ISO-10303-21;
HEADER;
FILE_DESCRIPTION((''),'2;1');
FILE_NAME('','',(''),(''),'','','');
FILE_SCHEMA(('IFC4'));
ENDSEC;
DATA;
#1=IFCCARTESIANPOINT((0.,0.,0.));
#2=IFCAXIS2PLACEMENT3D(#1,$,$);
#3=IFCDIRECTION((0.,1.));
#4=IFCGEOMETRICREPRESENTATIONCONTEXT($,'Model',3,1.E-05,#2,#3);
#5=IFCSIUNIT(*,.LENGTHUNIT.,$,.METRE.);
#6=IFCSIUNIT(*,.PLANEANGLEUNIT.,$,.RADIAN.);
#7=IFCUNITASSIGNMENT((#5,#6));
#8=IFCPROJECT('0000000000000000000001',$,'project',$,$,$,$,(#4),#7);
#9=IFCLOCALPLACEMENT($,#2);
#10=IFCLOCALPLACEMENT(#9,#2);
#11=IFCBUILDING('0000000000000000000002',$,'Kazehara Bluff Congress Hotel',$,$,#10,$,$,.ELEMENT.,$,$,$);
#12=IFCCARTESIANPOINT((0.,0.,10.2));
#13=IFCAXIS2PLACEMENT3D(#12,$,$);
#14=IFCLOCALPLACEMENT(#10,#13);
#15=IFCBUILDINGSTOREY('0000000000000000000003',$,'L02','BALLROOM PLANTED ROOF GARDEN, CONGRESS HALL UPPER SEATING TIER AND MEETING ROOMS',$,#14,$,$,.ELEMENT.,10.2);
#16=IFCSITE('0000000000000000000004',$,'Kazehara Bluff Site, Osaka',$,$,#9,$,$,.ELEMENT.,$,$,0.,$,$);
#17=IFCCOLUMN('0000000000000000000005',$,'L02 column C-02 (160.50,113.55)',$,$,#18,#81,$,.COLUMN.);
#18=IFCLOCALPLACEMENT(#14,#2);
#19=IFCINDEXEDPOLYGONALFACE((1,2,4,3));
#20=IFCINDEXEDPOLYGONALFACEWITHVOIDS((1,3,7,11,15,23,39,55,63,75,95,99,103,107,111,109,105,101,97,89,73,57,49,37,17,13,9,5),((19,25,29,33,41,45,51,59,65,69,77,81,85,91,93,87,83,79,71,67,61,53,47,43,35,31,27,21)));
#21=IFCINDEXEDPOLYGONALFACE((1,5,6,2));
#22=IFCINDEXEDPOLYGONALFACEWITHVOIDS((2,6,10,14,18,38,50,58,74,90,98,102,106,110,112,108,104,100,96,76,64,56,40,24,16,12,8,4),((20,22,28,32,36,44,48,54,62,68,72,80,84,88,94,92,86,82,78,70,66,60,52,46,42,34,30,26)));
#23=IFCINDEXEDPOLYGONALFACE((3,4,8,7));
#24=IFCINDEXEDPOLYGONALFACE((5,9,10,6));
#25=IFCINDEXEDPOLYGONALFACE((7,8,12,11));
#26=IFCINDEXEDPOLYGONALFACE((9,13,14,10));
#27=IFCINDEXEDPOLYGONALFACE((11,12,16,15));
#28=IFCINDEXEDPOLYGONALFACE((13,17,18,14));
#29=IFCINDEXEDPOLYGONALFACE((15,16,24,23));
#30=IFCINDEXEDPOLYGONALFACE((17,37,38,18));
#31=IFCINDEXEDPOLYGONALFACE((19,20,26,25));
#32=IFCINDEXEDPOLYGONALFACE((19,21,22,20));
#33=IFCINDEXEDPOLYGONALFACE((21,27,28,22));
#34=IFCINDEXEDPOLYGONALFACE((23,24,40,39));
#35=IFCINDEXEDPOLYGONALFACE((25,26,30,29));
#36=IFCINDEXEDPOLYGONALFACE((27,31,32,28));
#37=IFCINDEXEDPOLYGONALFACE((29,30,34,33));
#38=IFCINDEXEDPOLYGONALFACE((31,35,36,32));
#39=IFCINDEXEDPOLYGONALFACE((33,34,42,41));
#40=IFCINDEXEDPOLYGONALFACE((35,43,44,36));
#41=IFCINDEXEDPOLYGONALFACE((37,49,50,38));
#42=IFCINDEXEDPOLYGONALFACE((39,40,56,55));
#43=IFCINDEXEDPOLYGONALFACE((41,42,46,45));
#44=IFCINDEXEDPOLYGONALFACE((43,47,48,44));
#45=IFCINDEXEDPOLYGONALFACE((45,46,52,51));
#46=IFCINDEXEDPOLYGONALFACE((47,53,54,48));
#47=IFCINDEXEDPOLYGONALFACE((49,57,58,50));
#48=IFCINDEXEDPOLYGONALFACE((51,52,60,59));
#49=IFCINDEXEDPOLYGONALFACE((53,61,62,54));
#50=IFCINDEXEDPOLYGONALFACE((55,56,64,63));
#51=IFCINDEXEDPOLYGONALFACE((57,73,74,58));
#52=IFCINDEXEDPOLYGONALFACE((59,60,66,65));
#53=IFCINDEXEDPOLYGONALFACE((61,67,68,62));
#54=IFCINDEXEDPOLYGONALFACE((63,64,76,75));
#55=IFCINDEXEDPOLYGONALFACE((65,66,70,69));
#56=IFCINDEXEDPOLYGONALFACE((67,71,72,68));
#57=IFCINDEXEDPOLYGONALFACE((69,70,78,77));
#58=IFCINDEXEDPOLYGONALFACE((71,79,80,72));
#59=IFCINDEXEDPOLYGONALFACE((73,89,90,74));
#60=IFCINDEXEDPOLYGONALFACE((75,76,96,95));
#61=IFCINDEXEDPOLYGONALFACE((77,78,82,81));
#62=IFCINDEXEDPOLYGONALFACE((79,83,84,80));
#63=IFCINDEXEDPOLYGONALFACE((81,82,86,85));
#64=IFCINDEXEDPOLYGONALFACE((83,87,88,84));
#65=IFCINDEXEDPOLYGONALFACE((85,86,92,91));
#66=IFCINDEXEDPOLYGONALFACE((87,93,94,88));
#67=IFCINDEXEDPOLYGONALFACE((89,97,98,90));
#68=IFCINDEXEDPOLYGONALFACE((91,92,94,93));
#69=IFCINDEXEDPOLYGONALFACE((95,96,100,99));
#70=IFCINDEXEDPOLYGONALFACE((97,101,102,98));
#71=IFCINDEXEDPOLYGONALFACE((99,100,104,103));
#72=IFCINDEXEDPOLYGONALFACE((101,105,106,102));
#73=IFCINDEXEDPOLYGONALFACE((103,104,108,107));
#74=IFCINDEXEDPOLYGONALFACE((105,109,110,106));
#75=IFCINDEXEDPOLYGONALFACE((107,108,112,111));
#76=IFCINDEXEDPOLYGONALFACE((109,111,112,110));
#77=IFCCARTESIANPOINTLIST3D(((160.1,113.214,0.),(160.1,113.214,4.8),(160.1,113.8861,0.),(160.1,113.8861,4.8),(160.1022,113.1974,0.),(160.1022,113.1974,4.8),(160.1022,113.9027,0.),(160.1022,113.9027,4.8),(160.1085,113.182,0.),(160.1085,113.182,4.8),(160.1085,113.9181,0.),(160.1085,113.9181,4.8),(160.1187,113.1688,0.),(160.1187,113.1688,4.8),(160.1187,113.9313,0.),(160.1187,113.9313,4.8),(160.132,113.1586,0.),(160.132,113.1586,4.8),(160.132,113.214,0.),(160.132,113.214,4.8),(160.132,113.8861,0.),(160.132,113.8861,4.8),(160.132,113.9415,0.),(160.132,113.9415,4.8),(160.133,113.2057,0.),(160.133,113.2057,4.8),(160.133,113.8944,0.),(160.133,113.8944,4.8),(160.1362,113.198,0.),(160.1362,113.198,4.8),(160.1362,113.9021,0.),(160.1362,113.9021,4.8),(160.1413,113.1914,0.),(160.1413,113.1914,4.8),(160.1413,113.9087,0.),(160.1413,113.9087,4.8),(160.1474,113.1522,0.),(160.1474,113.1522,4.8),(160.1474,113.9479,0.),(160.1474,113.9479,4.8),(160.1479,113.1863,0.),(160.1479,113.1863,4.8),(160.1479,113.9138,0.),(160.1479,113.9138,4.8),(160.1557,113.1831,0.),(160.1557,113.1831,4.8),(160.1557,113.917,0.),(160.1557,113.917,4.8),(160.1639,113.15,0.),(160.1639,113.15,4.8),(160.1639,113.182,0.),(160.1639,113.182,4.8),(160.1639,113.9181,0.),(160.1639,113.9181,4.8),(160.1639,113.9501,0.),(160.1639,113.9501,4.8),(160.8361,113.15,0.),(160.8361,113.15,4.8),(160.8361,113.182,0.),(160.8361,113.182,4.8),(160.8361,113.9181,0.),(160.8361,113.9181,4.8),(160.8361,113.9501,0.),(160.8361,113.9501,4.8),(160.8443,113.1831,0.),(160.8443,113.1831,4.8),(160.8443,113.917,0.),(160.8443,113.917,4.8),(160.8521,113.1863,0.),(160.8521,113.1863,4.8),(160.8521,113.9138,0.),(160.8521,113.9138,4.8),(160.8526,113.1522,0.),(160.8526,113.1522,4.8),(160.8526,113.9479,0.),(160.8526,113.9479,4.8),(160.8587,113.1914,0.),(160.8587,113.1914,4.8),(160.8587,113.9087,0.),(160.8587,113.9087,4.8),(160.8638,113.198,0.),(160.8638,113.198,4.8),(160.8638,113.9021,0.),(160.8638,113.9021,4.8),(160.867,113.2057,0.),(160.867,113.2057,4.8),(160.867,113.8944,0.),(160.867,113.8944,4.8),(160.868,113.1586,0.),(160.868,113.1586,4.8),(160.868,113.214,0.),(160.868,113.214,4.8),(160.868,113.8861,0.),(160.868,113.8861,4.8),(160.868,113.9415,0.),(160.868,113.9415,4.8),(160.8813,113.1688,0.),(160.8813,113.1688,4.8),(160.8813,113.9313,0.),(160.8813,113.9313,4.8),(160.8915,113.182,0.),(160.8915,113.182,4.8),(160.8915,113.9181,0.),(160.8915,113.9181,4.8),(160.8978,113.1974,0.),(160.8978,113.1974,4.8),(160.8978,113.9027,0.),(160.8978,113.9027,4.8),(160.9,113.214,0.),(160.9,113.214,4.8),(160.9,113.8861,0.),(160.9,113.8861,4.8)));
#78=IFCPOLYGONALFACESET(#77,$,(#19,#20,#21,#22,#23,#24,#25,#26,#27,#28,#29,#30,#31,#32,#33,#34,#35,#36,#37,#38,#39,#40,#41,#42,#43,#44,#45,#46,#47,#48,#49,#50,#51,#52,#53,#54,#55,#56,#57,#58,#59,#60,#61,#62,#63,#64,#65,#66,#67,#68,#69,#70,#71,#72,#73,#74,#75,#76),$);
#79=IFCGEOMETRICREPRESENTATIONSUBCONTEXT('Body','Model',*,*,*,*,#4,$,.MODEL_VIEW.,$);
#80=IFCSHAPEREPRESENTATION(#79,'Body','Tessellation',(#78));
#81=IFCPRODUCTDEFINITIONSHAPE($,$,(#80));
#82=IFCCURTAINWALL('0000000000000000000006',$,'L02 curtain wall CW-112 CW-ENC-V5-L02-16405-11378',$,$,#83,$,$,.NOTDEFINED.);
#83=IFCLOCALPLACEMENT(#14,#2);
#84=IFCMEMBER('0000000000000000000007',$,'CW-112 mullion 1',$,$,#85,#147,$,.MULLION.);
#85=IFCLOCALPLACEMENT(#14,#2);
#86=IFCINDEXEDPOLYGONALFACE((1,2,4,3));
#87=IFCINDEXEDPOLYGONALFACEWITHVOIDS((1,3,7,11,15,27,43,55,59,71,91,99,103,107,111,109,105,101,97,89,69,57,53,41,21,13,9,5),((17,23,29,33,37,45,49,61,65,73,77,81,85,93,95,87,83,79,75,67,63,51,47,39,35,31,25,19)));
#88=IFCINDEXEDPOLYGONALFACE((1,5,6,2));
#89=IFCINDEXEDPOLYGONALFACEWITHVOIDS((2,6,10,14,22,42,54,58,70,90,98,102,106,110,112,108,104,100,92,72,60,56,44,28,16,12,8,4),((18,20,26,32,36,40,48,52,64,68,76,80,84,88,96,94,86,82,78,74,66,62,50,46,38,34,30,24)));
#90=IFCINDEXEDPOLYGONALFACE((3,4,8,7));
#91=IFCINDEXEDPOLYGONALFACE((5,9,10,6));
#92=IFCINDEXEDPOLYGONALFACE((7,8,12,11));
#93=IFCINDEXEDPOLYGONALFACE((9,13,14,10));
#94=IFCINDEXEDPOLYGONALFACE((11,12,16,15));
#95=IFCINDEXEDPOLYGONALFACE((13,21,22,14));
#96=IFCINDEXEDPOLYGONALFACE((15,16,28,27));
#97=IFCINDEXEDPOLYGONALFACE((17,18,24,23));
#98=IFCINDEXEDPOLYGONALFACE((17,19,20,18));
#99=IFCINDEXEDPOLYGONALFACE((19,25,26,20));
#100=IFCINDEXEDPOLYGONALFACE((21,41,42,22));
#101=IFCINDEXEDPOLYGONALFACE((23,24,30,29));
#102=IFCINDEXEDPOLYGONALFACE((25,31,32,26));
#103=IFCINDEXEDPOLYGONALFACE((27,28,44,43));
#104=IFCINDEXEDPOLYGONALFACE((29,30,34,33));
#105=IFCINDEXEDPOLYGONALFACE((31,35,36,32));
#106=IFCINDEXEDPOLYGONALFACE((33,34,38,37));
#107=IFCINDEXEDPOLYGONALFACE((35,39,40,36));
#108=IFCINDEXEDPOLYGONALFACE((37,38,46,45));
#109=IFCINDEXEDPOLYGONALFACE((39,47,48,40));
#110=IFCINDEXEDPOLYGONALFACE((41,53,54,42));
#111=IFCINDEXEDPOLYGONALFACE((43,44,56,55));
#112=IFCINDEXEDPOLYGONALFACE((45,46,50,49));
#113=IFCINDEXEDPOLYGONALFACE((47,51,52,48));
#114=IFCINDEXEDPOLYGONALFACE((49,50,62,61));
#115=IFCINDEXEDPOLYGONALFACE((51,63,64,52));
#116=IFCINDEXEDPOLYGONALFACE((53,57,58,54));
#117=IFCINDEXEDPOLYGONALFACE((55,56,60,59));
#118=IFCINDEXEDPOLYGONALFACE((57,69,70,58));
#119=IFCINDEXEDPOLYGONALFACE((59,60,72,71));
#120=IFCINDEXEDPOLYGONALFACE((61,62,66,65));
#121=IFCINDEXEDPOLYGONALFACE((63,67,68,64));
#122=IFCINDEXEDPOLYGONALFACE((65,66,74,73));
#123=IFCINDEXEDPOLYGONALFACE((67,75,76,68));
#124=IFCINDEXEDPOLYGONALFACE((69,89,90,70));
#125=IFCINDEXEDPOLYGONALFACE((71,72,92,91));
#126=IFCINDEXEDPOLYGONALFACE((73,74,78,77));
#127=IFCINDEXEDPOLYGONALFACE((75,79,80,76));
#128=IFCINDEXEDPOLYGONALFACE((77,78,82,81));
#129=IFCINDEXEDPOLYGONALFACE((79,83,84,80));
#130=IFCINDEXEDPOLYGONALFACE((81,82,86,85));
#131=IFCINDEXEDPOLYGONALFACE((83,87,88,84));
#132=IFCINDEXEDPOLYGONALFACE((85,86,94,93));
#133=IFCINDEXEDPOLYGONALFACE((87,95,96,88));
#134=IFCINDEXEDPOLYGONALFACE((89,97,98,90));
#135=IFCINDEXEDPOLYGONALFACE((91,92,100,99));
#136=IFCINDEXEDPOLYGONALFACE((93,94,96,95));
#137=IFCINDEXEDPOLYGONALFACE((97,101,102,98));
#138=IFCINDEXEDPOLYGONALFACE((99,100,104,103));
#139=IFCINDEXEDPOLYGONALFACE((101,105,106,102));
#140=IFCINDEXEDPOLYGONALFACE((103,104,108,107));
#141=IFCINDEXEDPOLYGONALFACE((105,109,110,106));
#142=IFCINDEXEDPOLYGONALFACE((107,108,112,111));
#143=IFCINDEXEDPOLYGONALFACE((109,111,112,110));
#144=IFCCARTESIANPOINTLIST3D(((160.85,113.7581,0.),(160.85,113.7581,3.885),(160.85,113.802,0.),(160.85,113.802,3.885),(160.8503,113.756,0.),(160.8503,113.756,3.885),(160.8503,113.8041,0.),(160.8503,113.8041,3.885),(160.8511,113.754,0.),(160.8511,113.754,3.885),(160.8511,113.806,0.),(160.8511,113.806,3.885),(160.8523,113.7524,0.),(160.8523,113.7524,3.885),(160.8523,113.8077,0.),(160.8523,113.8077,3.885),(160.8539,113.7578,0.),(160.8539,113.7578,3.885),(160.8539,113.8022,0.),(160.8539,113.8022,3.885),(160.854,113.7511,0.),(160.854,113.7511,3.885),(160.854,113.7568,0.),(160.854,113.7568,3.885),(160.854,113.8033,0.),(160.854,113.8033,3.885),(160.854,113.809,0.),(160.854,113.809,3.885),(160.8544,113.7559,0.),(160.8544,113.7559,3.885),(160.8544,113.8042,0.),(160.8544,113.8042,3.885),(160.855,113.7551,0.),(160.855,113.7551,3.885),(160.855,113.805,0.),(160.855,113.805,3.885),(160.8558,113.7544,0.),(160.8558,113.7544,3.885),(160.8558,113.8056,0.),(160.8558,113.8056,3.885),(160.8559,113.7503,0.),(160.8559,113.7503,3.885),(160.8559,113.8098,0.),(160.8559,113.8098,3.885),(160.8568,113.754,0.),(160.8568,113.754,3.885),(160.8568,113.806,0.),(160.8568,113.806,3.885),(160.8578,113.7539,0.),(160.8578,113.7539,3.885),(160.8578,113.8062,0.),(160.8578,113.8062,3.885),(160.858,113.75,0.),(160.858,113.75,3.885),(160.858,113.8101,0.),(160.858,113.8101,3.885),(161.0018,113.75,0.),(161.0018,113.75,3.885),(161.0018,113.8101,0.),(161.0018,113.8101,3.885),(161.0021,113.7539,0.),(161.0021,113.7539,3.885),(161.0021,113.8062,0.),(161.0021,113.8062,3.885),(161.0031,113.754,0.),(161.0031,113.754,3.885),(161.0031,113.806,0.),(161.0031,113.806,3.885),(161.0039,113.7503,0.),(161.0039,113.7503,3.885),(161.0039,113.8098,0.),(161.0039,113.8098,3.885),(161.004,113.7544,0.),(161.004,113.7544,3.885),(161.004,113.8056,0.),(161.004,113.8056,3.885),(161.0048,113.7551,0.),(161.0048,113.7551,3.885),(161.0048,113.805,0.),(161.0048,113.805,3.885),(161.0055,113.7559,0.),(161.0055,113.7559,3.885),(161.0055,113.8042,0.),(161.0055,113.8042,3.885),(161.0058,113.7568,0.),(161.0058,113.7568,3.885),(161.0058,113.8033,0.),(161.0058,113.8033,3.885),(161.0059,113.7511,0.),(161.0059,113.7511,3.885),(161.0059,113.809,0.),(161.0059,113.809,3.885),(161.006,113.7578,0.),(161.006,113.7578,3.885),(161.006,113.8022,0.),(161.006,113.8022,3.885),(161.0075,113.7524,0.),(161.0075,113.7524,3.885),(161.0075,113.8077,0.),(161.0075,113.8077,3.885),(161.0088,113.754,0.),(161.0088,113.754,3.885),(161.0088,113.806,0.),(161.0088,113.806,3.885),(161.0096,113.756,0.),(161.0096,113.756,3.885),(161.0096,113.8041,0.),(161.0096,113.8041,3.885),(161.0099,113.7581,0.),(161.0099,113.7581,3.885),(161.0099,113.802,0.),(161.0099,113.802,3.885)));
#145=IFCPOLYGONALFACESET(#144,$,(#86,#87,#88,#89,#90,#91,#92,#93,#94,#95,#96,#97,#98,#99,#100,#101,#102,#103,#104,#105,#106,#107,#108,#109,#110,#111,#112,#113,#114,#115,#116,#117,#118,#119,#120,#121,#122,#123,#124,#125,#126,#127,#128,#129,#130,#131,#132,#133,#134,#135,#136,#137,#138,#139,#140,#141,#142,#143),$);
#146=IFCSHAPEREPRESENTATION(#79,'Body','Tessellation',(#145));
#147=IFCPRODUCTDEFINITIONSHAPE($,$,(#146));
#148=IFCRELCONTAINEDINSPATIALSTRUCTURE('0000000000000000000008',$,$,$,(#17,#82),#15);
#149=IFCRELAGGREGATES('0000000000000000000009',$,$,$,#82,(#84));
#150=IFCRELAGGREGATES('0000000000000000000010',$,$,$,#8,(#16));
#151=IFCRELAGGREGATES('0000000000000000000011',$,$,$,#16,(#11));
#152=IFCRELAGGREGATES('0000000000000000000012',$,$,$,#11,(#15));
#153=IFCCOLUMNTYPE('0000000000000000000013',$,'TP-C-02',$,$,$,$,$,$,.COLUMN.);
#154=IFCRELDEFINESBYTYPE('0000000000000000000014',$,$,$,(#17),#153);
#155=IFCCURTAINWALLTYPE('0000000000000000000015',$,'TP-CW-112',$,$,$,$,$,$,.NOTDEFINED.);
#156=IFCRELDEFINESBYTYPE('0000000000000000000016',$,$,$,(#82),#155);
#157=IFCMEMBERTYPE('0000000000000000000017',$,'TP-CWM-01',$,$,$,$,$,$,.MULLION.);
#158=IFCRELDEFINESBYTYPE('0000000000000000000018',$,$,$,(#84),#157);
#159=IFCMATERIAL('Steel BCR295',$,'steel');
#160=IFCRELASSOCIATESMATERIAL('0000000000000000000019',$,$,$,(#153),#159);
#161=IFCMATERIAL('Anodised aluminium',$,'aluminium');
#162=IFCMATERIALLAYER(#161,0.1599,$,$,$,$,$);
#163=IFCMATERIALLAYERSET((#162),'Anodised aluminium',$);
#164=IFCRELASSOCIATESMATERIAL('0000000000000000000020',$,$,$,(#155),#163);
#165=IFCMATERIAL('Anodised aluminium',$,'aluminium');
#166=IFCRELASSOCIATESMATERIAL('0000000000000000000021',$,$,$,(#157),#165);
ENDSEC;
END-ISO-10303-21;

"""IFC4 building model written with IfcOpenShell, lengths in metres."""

from ifc_helpers import new_model, si_unit, direction, frame, origin, origin_2d, place, context, subcontext, project, spatial, hollow_rectangle, extrude, material, layer, layer_set, material_profile, profile_set, type_object, element, aggregate, save


model = new_model("IFC4")

# Units and contexts
model_context = context("Model", 3, precision=1e-05, world=origin(), true_north=direction((0.0, 1.0)))
body_context = subcontext(model_context, "Body", "Model", "MODEL_VIEW")
ifc_project = project(units=[si_unit("LENGTHUNIT", "METRE"), si_unit("PLANEANGLEUNIT", "RADIAN")], contexts=[model_context])

# Site, building, storey
site_placement = place(None, origin())
site = spatial("IfcSite", under=ifc_project, at=site_placement, Name="Kazehara Bluff Site, Osaka", CompositionType="ELEMENT", RefElevation=0.0)
building_placement = place(site_placement, origin())
building = spatial("IfcBuilding", under=site, at=building_placement, Name="Kazehara Bluff Congress Hotel", CompositionType="ELEMENT")
storey_placement = place(building_placement, frame((0.0, 0.0, 10.2)))
storey = spatial("IfcBuildingStorey", under=building, at=storey_placement, Name="L02", Description="BALLROOM PLANTED ROOF GARDEN, CONGRESS HALL UPPER SEATING TIER AND MEETING ROOMS", CompositionType="ELEMENT", Elevation=10.2)

# Column
ifc_material_1 = material(Name="Steel BCR295", Category="steel")
ifc_material_profile_1 = material_profile(ifc_material_1, hollow_rectangle(XDim=0.8, YDim=0.8, WallThickness=0.032, InnerFilletRadius=0.032, OuterFilletRadius=0.064, at=origin_2d()))
ifc_profile_set_1 = profile_set([ifc_material_profile_1], Name="Steel BCR295")
column_type = type_object("IfcColumnType", Name="TP-C-02", PredefinedType="COLUMN", material=ifc_profile_set_1)
column_placement = place(storey_placement, frame((160.5, 113.55, 0.0), z_axis=(0.0, 0.0, 1.0), x_axis=(1.0, 0.0, 0.0)))
element("IfcColumn", 1, at=column_placement, inside=storey, type_object=column_type, Name="L02 column C-02 (160.50,113.55)", PredefinedType="COLUMN", context=body_context, shape_type="SweptSolid", body=[
    extrude(hollow_rectangle(XDim=0.8, YDim=0.8, WallThickness=0.032, InnerFilletRadius=0.032, OuterFilletRadius=0.064, at=origin_2d()), origin(), (0.0, 0.0, 1.0), 4.8),
])

# Curtain wall, member
ifc_material_2 = material(Name="Anodised aluminium", Category="aluminium")
ifc_layer_1 = layer(ifc_material_2, 0.1599)
ifc_layer_set_1 = layer_set([ifc_layer_1], Name="Anodised aluminium")
curtain_wall_type_1 = type_object("IfcCurtainWallType", Name="TP-CW-112", PredefinedType="NOTDEFINED", material=ifc_layer_set_1)
curtain_wall_1_placement = place(storey_placement, origin())
curtain_wall_1 = element("IfcCurtainWall", 2, at=curtain_wall_1_placement, inside=storey, type_object=curtain_wall_type_1, Name="L02 curtain wall CW-112 CW-ENC-V5-L02-16405-11378", PredefinedType="NOTDEFINED")
ifc_material_3 = material(Name="Anodised aluminium", Category="aluminium")
ifc_material_profile_2 = material_profile(ifc_material_3, hollow_rectangle(XDim=0.0601, YDim=0.1599, WallThickness=0.0039, InnerFilletRadius=0.0039, OuterFilletRadius=0.0081, at=origin_2d()))
ifc_profile_set_2 = profile_set([ifc_material_profile_2], Name="Anodised aluminium")
member_type_1 = type_object("IfcMemberType", Name="TP-CWM-01", PredefinedType="MULLION", material=ifc_profile_set_2)
member_1_placement = place(storey_placement, frame((160.9299, 113.78, 0.0), z_axis=(0.0, 0.0, 1.0), x_axis=(0.0, 1.0, 0.0)))
member_1 = element("IfcMember", 3, at=member_1_placement, type_object=member_type_1, Name="CW-112 mullion 1", PredefinedType="MULLION", context=body_context, shape_type="SweptSolid", body=[
    extrude(hollow_rectangle(XDim=0.0601, YDim=0.1599, WallThickness=0.0039, InnerFilletRadius=0.0039, OuterFilletRadius=0.0081, at=origin_2d()), origin(), (0.0, 0.0, 1.0), 3.885),
])

aggregate(curtain_wall_1, [member_1])

save(model, "model.ifc")
